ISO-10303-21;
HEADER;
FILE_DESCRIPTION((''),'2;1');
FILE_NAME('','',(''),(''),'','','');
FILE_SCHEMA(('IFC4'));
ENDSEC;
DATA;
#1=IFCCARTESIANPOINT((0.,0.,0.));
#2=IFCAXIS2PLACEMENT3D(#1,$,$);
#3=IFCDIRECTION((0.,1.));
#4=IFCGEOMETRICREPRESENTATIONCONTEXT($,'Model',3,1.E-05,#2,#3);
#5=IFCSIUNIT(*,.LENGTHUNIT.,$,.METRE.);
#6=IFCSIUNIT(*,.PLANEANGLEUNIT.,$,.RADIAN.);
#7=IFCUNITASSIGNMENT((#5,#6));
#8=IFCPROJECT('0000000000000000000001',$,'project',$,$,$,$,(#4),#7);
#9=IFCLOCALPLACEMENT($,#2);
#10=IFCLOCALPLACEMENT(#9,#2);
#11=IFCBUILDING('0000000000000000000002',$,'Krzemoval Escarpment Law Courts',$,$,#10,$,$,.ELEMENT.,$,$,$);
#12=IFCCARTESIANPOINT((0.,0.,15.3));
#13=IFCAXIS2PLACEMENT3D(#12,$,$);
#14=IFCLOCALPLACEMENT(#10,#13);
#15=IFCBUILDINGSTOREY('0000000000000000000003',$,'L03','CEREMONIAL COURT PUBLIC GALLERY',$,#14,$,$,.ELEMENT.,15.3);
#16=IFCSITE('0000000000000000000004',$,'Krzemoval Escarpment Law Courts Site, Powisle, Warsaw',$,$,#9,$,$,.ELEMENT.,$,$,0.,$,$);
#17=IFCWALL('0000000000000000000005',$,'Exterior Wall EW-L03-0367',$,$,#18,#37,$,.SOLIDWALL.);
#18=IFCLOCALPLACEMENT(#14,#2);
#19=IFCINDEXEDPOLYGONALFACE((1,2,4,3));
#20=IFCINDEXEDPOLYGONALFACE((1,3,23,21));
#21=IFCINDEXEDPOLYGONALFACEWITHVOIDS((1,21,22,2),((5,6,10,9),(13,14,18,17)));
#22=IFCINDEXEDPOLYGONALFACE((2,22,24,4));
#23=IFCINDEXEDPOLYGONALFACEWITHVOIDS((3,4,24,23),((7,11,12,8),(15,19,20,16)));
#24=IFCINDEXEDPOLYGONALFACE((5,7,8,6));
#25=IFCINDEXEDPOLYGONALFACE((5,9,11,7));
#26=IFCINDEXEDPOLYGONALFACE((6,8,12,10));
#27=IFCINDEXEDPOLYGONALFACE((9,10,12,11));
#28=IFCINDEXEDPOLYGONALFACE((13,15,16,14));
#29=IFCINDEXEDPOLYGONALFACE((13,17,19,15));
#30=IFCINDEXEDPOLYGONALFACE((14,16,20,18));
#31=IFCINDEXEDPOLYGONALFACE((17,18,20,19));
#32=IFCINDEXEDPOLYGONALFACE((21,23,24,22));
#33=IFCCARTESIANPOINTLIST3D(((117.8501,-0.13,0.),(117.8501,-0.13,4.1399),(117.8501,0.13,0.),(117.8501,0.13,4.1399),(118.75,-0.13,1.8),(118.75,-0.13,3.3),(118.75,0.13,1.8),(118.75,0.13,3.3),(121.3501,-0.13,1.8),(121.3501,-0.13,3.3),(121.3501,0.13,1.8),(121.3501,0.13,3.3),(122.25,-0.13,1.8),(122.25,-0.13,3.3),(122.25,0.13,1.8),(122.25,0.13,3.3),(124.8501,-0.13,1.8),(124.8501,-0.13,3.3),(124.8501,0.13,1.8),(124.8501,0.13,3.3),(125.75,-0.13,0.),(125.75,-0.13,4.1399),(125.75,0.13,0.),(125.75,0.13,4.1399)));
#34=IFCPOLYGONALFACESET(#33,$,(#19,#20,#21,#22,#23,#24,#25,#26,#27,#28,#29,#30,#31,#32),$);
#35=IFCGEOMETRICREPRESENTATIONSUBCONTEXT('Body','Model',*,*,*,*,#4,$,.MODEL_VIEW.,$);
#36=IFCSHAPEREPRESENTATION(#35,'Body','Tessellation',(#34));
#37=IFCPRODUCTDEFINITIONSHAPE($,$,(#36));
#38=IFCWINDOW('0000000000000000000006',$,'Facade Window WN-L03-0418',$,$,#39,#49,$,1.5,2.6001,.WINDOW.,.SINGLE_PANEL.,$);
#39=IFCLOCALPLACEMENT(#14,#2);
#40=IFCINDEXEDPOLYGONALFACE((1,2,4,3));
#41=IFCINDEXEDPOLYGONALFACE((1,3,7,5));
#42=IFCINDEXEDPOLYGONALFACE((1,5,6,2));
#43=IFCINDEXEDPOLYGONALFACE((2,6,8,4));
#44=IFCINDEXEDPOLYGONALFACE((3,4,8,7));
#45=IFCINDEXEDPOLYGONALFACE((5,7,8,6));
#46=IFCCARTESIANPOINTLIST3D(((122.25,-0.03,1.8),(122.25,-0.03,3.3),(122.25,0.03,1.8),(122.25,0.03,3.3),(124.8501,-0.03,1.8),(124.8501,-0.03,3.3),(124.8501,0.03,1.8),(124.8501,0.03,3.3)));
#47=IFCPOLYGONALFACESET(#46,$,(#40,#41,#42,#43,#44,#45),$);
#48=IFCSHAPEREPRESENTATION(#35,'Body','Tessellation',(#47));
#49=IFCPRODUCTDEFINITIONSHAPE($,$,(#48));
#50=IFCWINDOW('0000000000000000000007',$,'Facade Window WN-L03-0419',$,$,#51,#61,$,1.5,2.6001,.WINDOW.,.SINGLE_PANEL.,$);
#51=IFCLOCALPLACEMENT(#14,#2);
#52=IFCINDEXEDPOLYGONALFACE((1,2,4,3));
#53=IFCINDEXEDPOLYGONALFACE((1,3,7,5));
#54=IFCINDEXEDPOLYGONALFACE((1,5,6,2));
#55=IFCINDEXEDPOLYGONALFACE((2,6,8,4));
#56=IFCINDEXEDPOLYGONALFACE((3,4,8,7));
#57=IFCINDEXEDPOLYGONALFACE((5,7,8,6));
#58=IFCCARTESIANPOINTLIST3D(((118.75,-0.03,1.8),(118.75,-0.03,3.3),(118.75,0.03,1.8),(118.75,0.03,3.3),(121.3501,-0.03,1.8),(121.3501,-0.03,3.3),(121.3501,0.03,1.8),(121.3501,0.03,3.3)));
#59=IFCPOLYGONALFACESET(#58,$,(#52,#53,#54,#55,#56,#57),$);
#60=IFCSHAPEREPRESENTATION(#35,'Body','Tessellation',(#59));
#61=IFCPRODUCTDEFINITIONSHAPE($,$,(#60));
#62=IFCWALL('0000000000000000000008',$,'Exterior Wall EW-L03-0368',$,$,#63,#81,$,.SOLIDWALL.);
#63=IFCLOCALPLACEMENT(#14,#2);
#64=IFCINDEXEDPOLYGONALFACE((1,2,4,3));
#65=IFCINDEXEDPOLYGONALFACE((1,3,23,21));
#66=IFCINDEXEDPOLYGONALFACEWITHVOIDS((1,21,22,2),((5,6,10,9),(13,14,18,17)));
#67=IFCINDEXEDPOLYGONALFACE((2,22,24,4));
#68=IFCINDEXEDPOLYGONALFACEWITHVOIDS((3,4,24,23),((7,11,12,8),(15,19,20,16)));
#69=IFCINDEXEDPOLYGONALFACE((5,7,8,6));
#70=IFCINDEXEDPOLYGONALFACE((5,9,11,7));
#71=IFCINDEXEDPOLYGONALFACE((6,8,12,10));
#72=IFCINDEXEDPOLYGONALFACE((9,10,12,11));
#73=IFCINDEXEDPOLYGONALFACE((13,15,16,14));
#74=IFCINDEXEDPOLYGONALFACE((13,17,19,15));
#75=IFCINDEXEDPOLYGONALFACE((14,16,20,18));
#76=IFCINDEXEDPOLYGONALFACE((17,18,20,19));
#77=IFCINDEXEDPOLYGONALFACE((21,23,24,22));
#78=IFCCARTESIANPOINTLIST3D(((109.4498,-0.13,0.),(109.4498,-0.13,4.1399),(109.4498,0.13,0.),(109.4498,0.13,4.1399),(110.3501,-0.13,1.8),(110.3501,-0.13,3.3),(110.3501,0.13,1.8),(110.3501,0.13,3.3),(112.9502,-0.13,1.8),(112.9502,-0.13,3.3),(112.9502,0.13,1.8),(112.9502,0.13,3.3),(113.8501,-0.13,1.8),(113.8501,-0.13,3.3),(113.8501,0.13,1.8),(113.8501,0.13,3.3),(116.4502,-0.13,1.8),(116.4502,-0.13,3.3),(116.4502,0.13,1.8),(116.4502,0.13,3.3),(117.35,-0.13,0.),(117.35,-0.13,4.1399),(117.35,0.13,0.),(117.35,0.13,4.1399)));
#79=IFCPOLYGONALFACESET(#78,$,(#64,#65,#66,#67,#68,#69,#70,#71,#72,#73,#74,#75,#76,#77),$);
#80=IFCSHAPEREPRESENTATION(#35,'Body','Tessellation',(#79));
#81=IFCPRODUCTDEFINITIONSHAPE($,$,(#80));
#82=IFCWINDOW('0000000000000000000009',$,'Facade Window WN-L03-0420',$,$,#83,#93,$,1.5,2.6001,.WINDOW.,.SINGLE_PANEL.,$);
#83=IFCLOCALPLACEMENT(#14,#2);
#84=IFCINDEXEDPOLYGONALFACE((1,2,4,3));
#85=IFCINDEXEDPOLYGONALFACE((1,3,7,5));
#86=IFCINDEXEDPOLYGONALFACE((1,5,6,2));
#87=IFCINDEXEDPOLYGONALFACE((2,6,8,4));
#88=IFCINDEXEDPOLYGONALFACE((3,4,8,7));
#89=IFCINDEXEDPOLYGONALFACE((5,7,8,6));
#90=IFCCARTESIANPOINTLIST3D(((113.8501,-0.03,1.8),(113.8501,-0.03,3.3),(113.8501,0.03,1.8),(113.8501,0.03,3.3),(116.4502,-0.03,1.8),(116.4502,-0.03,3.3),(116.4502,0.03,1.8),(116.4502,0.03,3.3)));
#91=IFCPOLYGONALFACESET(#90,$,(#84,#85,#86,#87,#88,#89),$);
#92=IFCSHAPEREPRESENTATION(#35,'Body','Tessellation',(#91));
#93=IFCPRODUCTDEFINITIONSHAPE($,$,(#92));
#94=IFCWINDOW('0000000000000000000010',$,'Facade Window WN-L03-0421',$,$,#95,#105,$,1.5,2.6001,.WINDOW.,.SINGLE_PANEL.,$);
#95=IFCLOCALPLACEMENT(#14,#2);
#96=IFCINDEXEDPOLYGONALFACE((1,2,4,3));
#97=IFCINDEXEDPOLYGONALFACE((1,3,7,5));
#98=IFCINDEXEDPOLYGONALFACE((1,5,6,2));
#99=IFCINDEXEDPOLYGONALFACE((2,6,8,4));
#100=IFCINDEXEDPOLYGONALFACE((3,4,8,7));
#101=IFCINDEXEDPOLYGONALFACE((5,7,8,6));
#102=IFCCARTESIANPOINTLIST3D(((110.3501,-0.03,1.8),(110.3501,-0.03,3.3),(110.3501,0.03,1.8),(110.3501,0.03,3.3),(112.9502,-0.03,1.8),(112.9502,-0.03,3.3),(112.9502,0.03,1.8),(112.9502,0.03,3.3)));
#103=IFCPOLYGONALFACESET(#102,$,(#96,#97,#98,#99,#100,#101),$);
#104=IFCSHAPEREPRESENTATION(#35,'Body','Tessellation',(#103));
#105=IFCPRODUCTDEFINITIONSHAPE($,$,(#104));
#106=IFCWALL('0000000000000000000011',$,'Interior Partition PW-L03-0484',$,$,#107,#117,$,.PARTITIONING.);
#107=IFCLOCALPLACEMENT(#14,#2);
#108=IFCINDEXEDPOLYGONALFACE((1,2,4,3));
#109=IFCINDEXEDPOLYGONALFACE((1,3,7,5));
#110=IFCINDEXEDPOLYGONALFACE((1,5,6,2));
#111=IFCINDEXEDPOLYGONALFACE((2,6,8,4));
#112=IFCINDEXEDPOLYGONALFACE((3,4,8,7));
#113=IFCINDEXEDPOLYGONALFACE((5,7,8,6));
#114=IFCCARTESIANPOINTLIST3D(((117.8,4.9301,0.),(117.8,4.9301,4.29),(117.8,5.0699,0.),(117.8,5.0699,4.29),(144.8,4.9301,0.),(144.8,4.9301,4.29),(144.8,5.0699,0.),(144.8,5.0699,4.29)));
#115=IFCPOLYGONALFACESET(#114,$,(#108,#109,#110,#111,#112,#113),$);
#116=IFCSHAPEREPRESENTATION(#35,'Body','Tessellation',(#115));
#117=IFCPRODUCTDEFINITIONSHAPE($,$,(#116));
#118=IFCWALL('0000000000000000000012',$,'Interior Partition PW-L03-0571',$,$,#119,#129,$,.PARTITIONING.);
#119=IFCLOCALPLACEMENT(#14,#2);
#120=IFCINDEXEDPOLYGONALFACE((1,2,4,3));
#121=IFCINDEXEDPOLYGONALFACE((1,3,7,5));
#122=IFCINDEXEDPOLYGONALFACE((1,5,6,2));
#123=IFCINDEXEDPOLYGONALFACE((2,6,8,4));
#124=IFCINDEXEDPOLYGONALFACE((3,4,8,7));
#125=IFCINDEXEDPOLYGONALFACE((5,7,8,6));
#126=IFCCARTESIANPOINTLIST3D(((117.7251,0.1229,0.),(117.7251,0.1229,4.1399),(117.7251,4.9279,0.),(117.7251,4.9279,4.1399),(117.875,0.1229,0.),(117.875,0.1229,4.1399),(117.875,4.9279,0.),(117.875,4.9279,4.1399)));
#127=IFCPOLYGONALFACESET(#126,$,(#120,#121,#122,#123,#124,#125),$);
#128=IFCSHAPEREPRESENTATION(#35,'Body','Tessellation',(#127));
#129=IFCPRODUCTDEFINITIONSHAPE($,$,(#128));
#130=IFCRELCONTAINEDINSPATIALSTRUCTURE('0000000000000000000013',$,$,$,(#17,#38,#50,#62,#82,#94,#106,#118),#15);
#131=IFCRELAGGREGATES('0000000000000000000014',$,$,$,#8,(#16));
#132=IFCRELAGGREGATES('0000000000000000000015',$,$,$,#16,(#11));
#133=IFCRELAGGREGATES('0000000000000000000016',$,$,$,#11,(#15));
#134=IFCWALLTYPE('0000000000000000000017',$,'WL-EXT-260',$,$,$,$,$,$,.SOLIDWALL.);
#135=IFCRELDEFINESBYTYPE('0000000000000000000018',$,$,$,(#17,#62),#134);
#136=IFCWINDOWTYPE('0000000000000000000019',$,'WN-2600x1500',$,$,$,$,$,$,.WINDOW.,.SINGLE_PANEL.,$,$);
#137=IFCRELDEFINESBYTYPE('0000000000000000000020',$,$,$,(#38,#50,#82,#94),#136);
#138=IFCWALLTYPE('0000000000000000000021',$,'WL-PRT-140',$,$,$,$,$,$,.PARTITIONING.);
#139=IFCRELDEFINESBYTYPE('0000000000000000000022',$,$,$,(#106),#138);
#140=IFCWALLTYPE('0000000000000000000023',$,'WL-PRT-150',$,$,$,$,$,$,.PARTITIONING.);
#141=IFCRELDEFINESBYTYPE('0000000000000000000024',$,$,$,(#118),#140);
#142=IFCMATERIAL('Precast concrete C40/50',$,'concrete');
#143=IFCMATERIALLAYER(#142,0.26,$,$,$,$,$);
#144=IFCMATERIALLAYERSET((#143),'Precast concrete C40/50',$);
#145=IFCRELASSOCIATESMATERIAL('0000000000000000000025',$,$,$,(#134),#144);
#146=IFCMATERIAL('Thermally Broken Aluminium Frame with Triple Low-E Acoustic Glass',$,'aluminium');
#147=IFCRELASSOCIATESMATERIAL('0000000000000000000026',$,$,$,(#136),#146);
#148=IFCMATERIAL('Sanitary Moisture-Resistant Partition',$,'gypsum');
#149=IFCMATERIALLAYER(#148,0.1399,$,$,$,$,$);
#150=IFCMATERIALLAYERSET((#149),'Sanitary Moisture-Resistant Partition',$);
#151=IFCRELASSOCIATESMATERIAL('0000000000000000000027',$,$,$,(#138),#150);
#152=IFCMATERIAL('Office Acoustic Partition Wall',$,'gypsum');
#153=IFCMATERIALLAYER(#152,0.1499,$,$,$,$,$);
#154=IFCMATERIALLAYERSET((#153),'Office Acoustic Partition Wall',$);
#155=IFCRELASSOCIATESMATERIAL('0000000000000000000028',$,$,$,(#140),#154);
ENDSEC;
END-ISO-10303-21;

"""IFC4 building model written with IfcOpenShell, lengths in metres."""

from ifc_helpers import new_model, si_unit, direction, frame, frame_2d, origin, place, context, subcontext, project, spatial, rectangle, extrude, material, layer, layer_set, type_object, element, fill, save


model = new_model("IFC4")

# Units and contexts
model_context = context("Model", 3, precision=1e-05, world=origin(), true_north=direction((0.0, 1.0)))
body_context = subcontext(model_context, "Body", "Model", "MODEL_VIEW")
ifc_project = project(units=[si_unit("LENGTHUNIT", "METRE"), si_unit("PLANEANGLEUNIT", "RADIAN")], contexts=[model_context])

# Site, building, storey
site_placement = place(None, origin())
site = spatial("IfcSite", under=ifc_project, at=site_placement, Name="Krzemoval Escarpment Law Courts Site, Powisle, Warsaw", CompositionType="ELEMENT", RefElevation=0.0)
building_placement = place(site_placement, origin())
building = spatial("IfcBuilding", under=site, at=building_placement, Name="Krzemoval Escarpment Law Courts", CompositionType="ELEMENT")
storey_placement = place(building_placement, frame((0.0, 0.0, 15.3)))
storey = spatial("IfcBuildingStorey", under=building, at=storey_placement, Name="L03", Description="CEREMONIAL COURT PUBLIC GALLERY", CompositionType="ELEMENT", Elevation=15.3)

# Walls, openings, windows
ifc_material_1 = material(Name="Precast concrete C40/50", Category="concrete")
ifc_layer_1 = layer(ifc_material_1, 0.26)
ifc_layer_set_1 = layer_set([ifc_layer_1], Name="Precast concrete C40/50")
wall_type_1 = type_object("IfcWallType", Name="WL-EXT-260", PredefinedType="SOLIDWALL", material=ifc_layer_set_1)
wall_1_placement = place(storey_placement, frame((125.75, 0.0, 0.0), z_axis=(0.0, 0.0, 1.0), x_axis=(-1.0, 0.0, 0.0)))
wall_1 = element("IfcWall", 1, at=wall_1_placement, inside=storey, type_object=wall_type_1, Name="Exterior Wall EW-L03-0367", PredefinedType="SOLIDWALL", context=body_context, shape_type="SweptSolid", body=[
    extrude(rectangle(XDim=7.8999, YDim=0.26, at=frame_2d((3.95, 0.0))), origin(), (0.0, 0.0, 1.0), 4.1399),
])
opening_1_placement = place(wall_1_placement, frame((0.8999, 0.0, 1.8)))
opening_1 = element("IfcOpeningElement", 2, at=opening_1_placement, cuts=wall_1, PredefinedType="OPENING", context=body_context, shape_type="SweptSolid", body=[
    extrude(rectangle(XDim=2.6001, YDim=1.5, at=frame_2d((1.3, 0.75))), frame((0.0, 0.145, 0.0), z_axis=(0.0, -1.0, 0.0), x_axis=(1.0, 0.0, 0.0)), (0.0, 0.0, 1.0), 0.29),
])
opening_2_placement = place(wall_1_placement, frame((4.3999, 0.0, 1.8)))
opening_2 = element("IfcOpeningElement", 3, at=opening_2_placement, cuts=wall_1, PredefinedType="OPENING", context=body_context, shape_type="SweptSolid", body=[
    extrude(rectangle(XDim=2.6001, YDim=1.5, at=frame_2d((1.3, 0.75))), frame((0.0, 0.145, 0.0), z_axis=(0.0, -1.0, 0.0), x_axis=(1.0, 0.0, 0.0)), (0.0, 0.0, 1.0), 0.29),
])
ifc_material_2 = material(Name="Thermally Broken Aluminium Frame with Triple Low-E Acoustic Glass", Category="aluminium")
window_type = type_object("IfcWindowType", Name="WN-2600x1500", PartitioningType="SINGLE_PANEL", PredefinedType="WINDOW", material=ifc_material_2)
window_1_placement = place(opening_1_placement, origin())
window_1 = element("IfcWindow", 4, at=window_1_placement, inside=storey, type_object=window_type, Name="Facade Window WN-L03-0418", OverallHeight=1.5, OverallWidth=2.6001, PartitioningType="SINGLE_PANEL", PredefinedType="WINDOW", context=body_context, shape_type="SweptSolid", body=[
    extrude(rectangle(XDim=2.6001, YDim=1.5, at=frame_2d((1.3, 0.75))), frame((0.0, 0.03, 0.0), z_axis=(0.0, -1.0, 0.0), x_axis=(1.0, 0.0, 0.0)), (0.0, 0.0, 1.0), 0.0601),
])
fill(opening_1, window_1)
window_2_placement = place(opening_2_placement, origin())
window_2 = element("IfcWindow", 5, at=window_2_placement, inside=storey, type_object=window_type, Name="Facade Window WN-L03-0419", OverallHeight=1.5, OverallWidth=2.6001, PartitioningType="SINGLE_PANEL", PredefinedType="WINDOW", context=body_context, shape_type="SweptSolid", body=[
    extrude(rectangle(XDim=2.6001, YDim=1.5, at=frame_2d((1.3, 0.75))), frame((0.0, 0.03, 0.0), z_axis=(0.0, -1.0, 0.0), x_axis=(1.0, 0.0, 0.0)), (0.0, 0.0, 1.0), 0.0601),
])
fill(opening_2, window_2)
wall_2_placement = place(storey_placement, frame((117.3501, 0.0, 0.0), z_axis=(0.0, 0.0, 1.0), x_axis=(-1.0, 0.0, 0.0)))
wall_2 = element("IfcWall", 6, at=wall_2_placement, inside=storey, type_object=wall_type_1, Name="Exterior Wall EW-L03-0368", PredefinedType="SOLIDWALL", context=body_context, shape_type="SweptSolid", body=[
    extrude(rectangle(XDim=7.9001, YDim=0.26, at=frame_2d((3.9502, 0.0))), origin(), (0.0, 0.0, 1.0), 4.1399),
])
opening_3_placement = place(wall_2_placement, frame((0.8999, 0.0, 1.8)))
opening_3 = element("IfcOpeningElement", 7, at=opening_3_placement, cuts=wall_2, PredefinedType="OPENING", context=body_context, shape_type="SweptSolid", body=[
    extrude(rectangle(XDim=2.6001, YDim=1.5, at=frame_2d((1.3, 0.75))), frame((0.0, 0.145, 0.0), z_axis=(0.0, -1.0, 0.0), x_axis=(1.0, 0.0, 0.0)), (0.0, 0.0, 1.0), 0.29),
])
opening_4_placement = place(wall_2_placement, frame((4.3999, 0.0, 1.8)))
opening_4 = element("IfcOpeningElement", 8, at=opening_4_placement, cuts=wall_2, PredefinedType="OPENING", context=body_context, shape_type="SweptSolid", body=[
    extrude(rectangle(XDim=2.6001, YDim=1.5, at=frame_2d((1.3, 0.75))), frame((0.0, 0.145, 0.0), z_axis=(0.0, -1.0, 0.0), x_axis=(1.0, 0.0, 0.0)), (0.0, 0.0, 1.0), 0.29),
])
window_3_placement = place(opening_3_placement, origin())
window_3 = element("IfcWindow", 9, at=window_3_placement, inside=storey, type_object=window_type, Name="Facade Window WN-L03-0420", OverallHeight=1.5, OverallWidth=2.6001, PartitioningType="SINGLE_PANEL", PredefinedType="WINDOW", context=body_context, shape_type="SweptSolid", body=[
    extrude(rectangle(XDim=2.6001, YDim=1.5, at=frame_2d((1.3, 0.75))), frame((0.0, 0.03, 0.0), z_axis=(0.0, -1.0, 0.0), x_axis=(1.0, 0.0, 0.0)), (0.0, 0.0, 1.0), 0.0601),
])
fill(opening_3, window_3)
window_4_placement = place(opening_4_placement, origin())
window_4 = element("IfcWindow", 10, at=window_4_placement, inside=storey, type_object=window_type, Name="Facade Window WN-L03-0421", OverallHeight=1.5, OverallWidth=2.6001, PartitioningType="SINGLE_PANEL", PredefinedType="WINDOW", context=body_context, shape_type="SweptSolid", body=[
    extrude(rectangle(XDim=2.6001, YDim=1.5, at=frame_2d((1.3, 0.75))), frame((0.0, 0.03, 0.0), z_axis=(0.0, -1.0, 0.0), x_axis=(1.0, 0.0, 0.0)), (0.0, 0.0, 1.0), 0.0601),
])
fill(opening_4, window_4)

# Walls
ifc_material_3 = material(Name="Sanitary Moisture-Resistant Partition", Category="gypsum")
ifc_layer_2 = layer(ifc_material_3, 0.1399)
ifc_layer_set_2 = layer_set([ifc_layer_2], Name="Sanitary Moisture-Resistant Partition")
wall_type_2 = type_object("IfcWallType", Name="WL-PRT-140", PredefinedType="PARTITIONING", material=ifc_layer_set_2)
wall_3_placement = place(storey_placement, frame((117.8, 5.0, 0.0), z_axis=(0.0, 0.0, 1.0), x_axis=(1.0, 0.0, 0.0)))
element("IfcWall", 11, at=wall_3_placement, inside=storey, type_object=wall_type_2, Name="Interior Partition PW-L03-0484", PredefinedType="PARTITIONING", context=body_context, shape_type="SweptSolid", body=[
    extrude(rectangle(XDim=27.0, YDim=0.1399, at=frame_2d((13.5, 0.0))), origin(), (0.0, 0.0, 1.0), 4.29),
])
ifc_material_4 = material(Name="Office Acoustic Partition Wall", Category="gypsum")
ifc_layer_3 = layer(ifc_material_4, 0.1499)
ifc_layer_set_3 = layer_set([ifc_layer_3], Name="Office Acoustic Partition Wall")
wall_type_3 = type_object("IfcWallType", Name="WL-PRT-150", PredefinedType="PARTITIONING", material=ifc_layer_set_3)
wall_4_placement = place(storey_placement, frame((117.8, 0.123, 0.0), z_axis=(0.0, 0.0, 1.0), x_axis=(0.0, 1.0, 0.0)))
element("IfcWall", 12, at=wall_4_placement, inside=storey, type_object=wall_type_3, Name="Interior Partition PW-L03-0571", PredefinedType="PARTITIONING", context=body_context, shape_type="SweptSolid", body=[
    extrude(rectangle(XDim=4.8049, YDim=0.1499, at=frame_2d((2.4023, 0.0))), origin(), (0.0, 0.0, 1.0), 4.1399),
])

save(model, "model.ifc")
